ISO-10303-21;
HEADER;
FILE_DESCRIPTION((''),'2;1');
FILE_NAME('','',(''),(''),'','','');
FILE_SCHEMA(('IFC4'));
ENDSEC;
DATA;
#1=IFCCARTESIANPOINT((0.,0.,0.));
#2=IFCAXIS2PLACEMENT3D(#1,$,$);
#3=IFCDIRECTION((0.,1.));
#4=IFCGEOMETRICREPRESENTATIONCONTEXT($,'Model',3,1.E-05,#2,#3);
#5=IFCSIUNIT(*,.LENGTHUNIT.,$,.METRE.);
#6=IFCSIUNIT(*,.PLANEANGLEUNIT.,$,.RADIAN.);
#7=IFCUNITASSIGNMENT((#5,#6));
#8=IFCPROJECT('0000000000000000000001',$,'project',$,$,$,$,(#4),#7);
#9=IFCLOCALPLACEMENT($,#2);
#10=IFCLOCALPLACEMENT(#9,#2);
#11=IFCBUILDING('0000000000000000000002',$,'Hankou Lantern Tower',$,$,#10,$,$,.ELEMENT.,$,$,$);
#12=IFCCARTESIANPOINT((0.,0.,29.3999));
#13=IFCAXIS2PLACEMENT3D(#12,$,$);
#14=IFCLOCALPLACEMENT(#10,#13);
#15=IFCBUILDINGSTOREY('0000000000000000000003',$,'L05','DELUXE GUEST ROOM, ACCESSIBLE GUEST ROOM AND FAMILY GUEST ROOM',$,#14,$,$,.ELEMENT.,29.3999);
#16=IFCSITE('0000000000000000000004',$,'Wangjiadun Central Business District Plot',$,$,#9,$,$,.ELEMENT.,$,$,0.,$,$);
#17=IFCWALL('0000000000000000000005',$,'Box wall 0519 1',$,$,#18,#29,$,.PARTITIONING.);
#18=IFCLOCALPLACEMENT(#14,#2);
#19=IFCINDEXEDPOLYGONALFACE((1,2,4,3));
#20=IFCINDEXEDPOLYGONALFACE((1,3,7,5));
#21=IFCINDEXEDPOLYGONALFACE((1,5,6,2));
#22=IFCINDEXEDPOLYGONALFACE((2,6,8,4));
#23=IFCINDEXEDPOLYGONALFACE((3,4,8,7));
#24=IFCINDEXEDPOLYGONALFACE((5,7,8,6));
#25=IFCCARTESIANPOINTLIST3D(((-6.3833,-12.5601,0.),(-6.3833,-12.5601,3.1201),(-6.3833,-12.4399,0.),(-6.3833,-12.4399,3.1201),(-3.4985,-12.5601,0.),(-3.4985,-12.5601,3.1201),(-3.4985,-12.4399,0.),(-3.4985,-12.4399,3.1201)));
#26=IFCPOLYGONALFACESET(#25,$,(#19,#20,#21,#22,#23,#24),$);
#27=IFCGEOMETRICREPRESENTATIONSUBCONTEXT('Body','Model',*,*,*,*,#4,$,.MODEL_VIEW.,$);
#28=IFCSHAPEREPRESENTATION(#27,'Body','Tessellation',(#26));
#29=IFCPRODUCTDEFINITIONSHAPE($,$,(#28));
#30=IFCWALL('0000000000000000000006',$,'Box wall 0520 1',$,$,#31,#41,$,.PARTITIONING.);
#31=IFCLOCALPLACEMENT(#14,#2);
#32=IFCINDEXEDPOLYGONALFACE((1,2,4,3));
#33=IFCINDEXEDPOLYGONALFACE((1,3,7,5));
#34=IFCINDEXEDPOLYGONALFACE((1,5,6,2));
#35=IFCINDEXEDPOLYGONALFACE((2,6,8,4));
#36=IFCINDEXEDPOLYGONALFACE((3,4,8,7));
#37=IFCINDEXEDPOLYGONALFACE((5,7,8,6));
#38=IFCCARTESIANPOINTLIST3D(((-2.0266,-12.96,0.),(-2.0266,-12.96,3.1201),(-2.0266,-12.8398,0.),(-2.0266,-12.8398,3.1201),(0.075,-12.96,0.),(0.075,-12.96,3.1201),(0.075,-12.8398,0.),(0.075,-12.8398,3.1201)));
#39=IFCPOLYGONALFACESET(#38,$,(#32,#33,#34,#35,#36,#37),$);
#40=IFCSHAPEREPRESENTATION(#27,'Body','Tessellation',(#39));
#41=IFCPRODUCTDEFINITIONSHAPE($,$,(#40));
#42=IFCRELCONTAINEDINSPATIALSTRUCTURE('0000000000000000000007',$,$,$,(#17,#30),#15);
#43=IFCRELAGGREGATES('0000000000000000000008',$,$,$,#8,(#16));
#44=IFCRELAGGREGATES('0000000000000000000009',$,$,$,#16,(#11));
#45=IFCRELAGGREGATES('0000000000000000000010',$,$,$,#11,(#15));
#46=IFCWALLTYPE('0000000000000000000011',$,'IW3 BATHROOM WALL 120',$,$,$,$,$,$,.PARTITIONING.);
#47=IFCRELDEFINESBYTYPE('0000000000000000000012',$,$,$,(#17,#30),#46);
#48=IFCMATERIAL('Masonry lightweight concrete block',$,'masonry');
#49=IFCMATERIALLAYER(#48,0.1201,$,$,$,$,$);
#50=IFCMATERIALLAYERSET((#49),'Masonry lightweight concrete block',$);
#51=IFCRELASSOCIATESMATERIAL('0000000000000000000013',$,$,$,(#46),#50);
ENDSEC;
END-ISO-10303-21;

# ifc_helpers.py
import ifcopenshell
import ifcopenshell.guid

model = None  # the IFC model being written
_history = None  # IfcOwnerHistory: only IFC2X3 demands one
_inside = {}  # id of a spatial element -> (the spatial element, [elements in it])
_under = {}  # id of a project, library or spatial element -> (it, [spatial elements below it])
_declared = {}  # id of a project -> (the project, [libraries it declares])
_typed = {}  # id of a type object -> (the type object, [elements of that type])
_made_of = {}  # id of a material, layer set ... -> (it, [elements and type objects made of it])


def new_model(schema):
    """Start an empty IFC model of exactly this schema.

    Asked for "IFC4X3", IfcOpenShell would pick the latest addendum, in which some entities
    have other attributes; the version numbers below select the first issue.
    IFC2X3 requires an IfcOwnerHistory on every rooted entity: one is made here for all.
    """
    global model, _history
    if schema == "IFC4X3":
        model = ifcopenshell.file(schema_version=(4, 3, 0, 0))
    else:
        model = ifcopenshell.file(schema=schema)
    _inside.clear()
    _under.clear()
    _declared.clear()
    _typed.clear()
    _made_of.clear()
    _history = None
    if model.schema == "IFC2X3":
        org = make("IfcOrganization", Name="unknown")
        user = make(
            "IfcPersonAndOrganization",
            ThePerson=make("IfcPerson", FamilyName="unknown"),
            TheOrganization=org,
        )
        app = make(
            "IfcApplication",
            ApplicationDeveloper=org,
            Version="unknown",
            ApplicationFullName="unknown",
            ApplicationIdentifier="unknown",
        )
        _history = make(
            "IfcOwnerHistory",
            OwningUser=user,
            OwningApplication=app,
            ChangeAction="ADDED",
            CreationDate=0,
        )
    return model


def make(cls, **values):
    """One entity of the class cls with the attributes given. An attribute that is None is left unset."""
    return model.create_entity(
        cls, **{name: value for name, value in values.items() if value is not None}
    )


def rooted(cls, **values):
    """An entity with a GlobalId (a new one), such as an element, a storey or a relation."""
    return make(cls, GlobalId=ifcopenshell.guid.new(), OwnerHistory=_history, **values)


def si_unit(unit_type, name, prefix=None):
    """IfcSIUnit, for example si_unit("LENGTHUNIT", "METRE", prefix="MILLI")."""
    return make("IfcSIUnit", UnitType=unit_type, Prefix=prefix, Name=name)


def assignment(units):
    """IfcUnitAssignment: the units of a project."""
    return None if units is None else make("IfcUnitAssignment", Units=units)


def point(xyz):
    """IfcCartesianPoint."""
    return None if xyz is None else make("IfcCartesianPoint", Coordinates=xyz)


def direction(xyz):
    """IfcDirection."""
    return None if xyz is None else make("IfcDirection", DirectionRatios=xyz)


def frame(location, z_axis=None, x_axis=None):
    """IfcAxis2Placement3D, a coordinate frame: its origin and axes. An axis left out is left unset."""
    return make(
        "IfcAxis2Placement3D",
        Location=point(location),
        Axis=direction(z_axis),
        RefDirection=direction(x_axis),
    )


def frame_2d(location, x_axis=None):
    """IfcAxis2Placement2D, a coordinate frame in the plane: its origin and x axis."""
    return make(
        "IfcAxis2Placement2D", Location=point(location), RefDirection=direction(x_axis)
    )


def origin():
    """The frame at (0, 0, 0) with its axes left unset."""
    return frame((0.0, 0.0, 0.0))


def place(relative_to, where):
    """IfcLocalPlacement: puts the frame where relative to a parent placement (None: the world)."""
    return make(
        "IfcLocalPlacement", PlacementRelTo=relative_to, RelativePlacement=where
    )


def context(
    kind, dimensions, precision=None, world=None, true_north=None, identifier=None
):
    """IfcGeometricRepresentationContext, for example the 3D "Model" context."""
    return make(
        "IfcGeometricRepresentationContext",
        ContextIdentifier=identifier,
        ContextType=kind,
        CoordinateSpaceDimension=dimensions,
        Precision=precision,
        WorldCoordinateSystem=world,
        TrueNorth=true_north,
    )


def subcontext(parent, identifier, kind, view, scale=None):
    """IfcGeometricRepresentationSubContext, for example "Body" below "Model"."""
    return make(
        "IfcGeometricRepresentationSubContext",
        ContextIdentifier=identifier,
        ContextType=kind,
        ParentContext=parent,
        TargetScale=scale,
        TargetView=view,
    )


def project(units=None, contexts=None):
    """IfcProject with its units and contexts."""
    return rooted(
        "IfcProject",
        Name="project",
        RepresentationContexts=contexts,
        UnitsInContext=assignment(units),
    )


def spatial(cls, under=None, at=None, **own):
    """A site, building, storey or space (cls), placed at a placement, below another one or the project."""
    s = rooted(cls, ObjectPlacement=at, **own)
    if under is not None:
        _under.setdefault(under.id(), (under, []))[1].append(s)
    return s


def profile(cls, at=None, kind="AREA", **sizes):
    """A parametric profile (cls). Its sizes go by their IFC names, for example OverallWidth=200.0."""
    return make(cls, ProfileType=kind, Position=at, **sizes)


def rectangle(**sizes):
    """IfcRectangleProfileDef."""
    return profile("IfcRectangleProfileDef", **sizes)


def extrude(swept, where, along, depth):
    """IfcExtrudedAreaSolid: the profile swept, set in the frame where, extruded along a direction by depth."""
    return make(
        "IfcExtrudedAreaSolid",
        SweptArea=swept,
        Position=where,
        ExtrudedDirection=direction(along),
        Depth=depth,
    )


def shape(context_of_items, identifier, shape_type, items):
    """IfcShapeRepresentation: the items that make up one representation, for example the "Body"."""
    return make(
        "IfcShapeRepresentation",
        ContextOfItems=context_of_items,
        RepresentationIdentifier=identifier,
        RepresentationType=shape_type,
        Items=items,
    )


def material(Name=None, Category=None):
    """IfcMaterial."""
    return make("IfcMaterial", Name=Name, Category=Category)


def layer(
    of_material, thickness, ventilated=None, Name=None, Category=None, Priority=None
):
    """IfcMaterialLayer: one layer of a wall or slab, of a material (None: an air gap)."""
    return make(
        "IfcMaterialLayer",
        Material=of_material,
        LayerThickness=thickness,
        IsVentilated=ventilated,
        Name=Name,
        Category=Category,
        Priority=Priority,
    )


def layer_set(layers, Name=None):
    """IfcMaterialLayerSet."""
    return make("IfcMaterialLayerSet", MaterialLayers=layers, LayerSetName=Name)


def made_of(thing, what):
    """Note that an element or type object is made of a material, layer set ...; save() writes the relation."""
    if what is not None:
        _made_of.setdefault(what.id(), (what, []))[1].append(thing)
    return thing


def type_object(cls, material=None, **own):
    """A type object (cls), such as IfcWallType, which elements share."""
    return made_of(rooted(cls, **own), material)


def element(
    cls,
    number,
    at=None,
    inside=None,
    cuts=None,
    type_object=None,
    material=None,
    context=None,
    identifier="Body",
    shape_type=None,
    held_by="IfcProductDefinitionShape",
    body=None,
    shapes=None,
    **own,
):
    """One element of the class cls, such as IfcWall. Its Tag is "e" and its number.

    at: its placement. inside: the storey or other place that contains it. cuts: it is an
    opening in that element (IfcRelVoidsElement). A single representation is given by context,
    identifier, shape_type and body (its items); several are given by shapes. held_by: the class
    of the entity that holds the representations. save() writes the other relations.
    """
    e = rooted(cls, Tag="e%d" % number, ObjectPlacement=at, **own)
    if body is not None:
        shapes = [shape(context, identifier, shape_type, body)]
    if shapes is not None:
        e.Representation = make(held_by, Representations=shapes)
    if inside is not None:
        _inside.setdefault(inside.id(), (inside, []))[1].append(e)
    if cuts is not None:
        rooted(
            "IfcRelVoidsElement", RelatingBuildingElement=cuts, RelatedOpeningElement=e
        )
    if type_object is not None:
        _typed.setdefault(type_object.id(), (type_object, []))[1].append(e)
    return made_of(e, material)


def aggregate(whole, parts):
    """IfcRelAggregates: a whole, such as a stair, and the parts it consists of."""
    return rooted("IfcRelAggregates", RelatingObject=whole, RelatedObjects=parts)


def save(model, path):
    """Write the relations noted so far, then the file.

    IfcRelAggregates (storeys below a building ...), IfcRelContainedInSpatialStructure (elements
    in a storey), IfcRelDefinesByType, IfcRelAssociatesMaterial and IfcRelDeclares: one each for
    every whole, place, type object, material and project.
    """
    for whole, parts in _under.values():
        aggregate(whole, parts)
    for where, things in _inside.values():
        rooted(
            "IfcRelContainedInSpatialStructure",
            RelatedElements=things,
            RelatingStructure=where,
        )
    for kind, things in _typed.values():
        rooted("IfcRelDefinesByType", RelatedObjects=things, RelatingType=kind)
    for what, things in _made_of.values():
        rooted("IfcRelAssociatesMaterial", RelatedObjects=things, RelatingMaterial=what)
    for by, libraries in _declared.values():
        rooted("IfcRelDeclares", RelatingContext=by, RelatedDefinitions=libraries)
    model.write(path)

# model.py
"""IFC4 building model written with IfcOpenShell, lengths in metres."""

from ifc_helpers import new_model, si_unit, direction, frame, frame_2d, origin, place, context, subcontext, project, spatial, rectangle, extrude, material, layer, layer_set, type_object, element, save


model = new_model("IFC4")

# Units and contexts
model_context = context("Model", 3, precision=1e-05, world=origin(), true_north=direction((0.0, 1.0)))
body_context = subcontext(model_context, "Body", "Model", "MODEL_VIEW")
ifc_project = project(units=[si_unit("LENGTHUNIT", "METRE"), si_unit("PLANEANGLEUNIT", "RADIAN")], contexts=[model_context])

# Site, building, storey
site_placement = place(None, origin())
site = spatial("IfcSite", under=ifc_project, at=site_placement, Name="Wangjiadun Central Business District Plot", CompositionType="ELEMENT", RefElevation=0.0)
building_placement = place(site_placement, origin())
building = spatial("IfcBuilding", under=site, at=building_placement, Name="Hankou Lantern Tower", CompositionType="ELEMENT")
storey_placement = place(building_placement, frame((0.0, 0.0, 29.3999)))
storey = spatial("IfcBuildingStorey", under=building, at=storey_placement, Name="L05", Description="DELUXE GUEST ROOM, ACCESSIBLE GUEST ROOM AND FAMILY GUEST ROOM", CompositionType="ELEMENT", Elevation=29.3999)

# Walls
ifc_material_1 = material(Name="Masonry lightweight concrete block", Category="masonry")
ifc_layer_1 = layer(ifc_material_1, 0.1201)
ifc_layer_set_1 = layer_set([ifc_layer_1], Name="Masonry lightweight concrete block")
wall_type_1 = type_object("IfcWallType", Name="IW3 BATHROOM WALL 120", PredefinedType="PARTITIONING", material=ifc_layer_set_1)
wall_1_placement = place(storey_placement, frame((-6.3833, -12.5, 0.0), z_axis=(0.0, 0.0, 1.0), x_axis=(1.0, 0.0, 0.0)))
element("IfcWall", 1, at=wall_1_placement, inside=storey, type_object=wall_type_1, Name="Box wall 0519 1", PredefinedType="PARTITIONING", context=body_context, shape_type="SweptSolid", body=[
    extrude(rectangle(XDim=2.8848, YDim=0.1201, at=frame_2d((1.4424, 0.0))), origin(), (0.0, 0.0, 1.0), 3.1201),
])
wall_2_placement = place(storey_placement, frame((-2.0266, -12.8999, 0.0), z_axis=(0.0, 0.0, 1.0), x_axis=(1.0, 0.0, 0.0)))
element("IfcWall", 2, at=wall_2_placement, inside=storey, type_object=wall_type_1, Name="Box wall 0520 1", PredefinedType="PARTITIONING", context=body_context, shape_type="SweptSolid", body=[
    extrude(rectangle(XDim=2.1016, YDim=0.1201, at=frame_2d((1.0508, 0.0))), origin(), (0.0, 0.0, 1.0), 3.1201),
])

save(model, "model.ifc")
